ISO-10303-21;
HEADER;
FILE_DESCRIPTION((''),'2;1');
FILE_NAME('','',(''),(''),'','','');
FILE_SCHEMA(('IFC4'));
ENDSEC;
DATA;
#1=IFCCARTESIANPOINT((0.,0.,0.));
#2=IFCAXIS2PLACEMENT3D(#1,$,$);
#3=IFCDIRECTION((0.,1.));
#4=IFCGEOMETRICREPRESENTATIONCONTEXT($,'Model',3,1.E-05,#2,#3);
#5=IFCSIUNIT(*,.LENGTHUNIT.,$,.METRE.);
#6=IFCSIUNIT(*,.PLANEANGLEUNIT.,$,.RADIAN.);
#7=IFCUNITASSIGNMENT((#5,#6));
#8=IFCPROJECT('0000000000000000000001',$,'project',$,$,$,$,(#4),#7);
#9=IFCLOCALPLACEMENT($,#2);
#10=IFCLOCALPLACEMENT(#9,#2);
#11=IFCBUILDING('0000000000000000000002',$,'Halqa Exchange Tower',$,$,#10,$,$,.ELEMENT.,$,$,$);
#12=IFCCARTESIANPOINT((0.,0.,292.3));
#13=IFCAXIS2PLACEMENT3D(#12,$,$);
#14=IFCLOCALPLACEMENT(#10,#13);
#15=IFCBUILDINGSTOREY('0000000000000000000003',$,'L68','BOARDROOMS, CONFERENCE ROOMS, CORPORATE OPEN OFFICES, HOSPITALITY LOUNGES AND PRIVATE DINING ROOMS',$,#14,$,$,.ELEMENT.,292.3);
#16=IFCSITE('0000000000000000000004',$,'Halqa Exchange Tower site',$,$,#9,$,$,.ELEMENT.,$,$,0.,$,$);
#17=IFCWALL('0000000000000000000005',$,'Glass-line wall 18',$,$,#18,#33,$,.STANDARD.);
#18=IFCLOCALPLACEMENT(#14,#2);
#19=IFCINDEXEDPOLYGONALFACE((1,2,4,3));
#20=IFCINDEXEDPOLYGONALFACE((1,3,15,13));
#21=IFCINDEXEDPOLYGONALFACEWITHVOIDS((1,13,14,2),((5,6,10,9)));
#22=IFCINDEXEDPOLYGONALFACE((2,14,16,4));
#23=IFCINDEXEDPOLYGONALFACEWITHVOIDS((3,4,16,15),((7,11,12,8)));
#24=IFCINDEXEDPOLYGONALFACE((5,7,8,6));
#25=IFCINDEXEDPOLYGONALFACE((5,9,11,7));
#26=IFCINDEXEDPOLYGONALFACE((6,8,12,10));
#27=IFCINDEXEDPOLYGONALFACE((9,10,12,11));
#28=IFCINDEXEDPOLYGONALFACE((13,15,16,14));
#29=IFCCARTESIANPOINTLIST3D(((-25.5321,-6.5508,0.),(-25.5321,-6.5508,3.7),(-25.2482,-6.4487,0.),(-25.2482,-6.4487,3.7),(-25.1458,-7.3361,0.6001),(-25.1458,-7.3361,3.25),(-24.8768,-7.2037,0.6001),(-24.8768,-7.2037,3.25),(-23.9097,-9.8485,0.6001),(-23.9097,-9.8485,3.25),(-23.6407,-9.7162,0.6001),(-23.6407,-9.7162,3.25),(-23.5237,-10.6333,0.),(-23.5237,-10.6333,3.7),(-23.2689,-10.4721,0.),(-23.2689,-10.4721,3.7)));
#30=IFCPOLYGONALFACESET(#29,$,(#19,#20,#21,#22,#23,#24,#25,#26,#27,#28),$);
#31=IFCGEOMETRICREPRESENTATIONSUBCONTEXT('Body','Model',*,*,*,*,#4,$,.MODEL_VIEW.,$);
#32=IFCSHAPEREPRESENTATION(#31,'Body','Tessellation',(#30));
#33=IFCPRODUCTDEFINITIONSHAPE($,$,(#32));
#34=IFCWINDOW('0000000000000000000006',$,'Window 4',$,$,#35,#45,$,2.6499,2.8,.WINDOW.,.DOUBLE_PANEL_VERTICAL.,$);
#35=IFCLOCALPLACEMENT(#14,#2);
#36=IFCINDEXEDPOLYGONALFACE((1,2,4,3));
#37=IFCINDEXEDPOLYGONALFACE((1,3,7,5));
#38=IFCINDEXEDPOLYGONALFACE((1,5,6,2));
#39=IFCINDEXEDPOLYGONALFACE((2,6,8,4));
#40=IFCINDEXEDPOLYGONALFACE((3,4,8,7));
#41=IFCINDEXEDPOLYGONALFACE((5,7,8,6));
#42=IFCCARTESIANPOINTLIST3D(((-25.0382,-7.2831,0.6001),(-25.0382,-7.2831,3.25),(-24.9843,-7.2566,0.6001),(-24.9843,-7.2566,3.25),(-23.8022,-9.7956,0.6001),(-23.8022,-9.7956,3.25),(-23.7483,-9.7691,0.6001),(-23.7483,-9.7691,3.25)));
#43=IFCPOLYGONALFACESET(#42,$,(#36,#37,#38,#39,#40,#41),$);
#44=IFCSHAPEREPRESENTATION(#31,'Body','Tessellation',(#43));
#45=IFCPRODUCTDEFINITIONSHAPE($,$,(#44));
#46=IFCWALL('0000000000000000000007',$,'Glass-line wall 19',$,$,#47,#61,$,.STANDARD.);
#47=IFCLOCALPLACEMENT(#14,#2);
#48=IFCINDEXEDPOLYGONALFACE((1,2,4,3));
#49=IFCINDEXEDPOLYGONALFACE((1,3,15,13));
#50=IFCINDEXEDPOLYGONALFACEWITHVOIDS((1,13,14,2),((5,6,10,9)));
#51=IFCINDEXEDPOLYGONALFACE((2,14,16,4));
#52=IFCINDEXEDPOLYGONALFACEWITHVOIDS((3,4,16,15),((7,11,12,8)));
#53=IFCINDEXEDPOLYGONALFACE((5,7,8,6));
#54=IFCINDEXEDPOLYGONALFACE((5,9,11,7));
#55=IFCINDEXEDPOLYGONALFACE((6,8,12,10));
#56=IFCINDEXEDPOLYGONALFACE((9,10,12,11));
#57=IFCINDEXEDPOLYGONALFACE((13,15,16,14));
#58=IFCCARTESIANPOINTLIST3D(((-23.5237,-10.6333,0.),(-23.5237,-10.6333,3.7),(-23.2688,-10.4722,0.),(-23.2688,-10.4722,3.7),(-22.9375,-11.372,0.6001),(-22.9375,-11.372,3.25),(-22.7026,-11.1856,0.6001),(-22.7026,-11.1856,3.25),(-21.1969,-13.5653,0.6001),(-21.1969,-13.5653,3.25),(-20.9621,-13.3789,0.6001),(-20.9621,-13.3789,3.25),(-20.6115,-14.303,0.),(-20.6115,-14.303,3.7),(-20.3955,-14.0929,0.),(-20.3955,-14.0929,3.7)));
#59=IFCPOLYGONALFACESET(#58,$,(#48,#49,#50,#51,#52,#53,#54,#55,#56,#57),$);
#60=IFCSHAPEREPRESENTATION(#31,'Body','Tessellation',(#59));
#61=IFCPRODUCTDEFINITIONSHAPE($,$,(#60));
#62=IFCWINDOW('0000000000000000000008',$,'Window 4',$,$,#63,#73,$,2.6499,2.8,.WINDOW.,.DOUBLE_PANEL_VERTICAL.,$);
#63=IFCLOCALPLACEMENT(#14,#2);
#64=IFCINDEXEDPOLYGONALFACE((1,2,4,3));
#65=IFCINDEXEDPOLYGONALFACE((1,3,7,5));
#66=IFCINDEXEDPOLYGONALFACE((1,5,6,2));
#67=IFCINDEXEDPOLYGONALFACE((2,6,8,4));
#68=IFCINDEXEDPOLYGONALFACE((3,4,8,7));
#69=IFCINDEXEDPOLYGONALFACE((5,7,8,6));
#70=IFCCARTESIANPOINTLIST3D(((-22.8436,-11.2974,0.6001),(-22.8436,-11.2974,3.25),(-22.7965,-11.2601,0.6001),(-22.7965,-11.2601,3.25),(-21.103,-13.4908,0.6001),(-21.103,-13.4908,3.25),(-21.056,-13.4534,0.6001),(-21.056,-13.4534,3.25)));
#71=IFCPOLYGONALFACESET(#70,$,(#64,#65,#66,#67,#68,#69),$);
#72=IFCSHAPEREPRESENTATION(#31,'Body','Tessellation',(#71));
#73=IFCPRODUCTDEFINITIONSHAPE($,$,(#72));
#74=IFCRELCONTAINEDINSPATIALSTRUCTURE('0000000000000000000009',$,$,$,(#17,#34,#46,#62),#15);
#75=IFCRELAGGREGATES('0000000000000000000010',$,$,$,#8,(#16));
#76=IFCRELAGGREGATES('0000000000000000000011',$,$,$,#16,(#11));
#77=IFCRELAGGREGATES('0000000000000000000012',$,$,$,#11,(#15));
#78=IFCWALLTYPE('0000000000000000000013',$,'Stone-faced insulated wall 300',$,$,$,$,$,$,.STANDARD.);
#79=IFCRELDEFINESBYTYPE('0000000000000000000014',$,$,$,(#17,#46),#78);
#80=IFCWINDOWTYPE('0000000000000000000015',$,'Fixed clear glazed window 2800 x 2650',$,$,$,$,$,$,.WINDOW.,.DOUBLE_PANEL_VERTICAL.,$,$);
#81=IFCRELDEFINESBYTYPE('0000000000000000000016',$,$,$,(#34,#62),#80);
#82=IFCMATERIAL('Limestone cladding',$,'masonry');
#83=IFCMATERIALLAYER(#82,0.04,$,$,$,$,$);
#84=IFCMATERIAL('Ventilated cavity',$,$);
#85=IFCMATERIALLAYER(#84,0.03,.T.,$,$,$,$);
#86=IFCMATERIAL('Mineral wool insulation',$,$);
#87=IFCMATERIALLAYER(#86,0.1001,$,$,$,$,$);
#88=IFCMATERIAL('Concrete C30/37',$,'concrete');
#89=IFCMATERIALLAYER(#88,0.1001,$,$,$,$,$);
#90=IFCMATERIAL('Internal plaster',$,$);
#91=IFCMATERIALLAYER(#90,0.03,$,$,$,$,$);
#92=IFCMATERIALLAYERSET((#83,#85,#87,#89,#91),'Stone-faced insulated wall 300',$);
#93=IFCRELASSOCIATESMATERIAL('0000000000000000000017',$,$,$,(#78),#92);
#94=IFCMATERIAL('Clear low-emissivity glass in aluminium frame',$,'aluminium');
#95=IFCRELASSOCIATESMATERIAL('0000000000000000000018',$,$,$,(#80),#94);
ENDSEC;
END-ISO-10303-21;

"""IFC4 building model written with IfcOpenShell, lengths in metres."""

from ifc_helpers import new_model, si_unit, direction, frame, frame_2d, origin, place, context, subcontext, project, spatial, polyline, rectangle, outline, extrude, material, layer, layer_set, type_object, element, fill, save


model = new_model("IFC4")

# Units and contexts
model_context = context("Model", 3, precision=1e-05, world=origin(), true_north=direction((0.0, 1.0)))
body_context = subcontext(model_context, "Body", "Model", "MODEL_VIEW")
ifc_project = project(units=[si_unit("LENGTHUNIT", "METRE"), si_unit("PLANEANGLEUNIT", "RADIAN")], contexts=[model_context])

# Site, building, storey
site_placement = place(None, origin())
site = spatial("IfcSite", under=ifc_project, at=site_placement, Name="Halqa Exchange Tower site", CompositionType="ELEMENT", RefElevation=0.0)
building_placement = place(site_placement, origin())
building = spatial("IfcBuilding", under=site, at=building_placement, Name="Halqa Exchange Tower", CompositionType="ELEMENT")
storey_placement = place(building_placement, frame((0.0, 0.0, 292.3)))
storey = spatial("IfcBuildingStorey", under=building, at=storey_placement, Name="L68", Description="BOARDROOMS, CONFERENCE ROOMS, CORPORATE OPEN OFFICES, HOSPITALITY LOUNGES AND PRIVATE DINING ROOMS", CompositionType="ELEMENT", Elevation=292.3)

# Walls, openings, windows
ifc_material_1 = material(Name="Limestone cladding", Category="masonry")
ifc_layer_1 = layer(ifc_material_1, 0.04)
ifc_material_2 = material(Name="Ventilated cavity")
ifc_layer_2 = layer(ifc_material_2, 0.03, ventilated=True)
ifc_material_3 = material(Name="Mineral wool insulation")
ifc_layer_3 = layer(ifc_material_3, 0.1001)
ifc_material_4 = material(Name="Concrete C30/37", Category="concrete")
ifc_layer_4 = layer(ifc_material_4, 0.1001)
ifc_material_5 = material(Name="Internal plaster")
ifc_layer_5 = layer(ifc_material_5, 0.03)
ifc_layer_set_1 = layer_set([ifc_layer_1, ifc_layer_2, ifc_layer_3, ifc_layer_4, ifc_layer_5], Name="Stone-faced insulated wall 300")
wall_type_1 = type_object("IfcWallType", Name="Stone-faced insulated wall 300", PredefinedType="STANDARD", material=ifc_layer_set_1)
ifc_material_6 = material(Name="Clear low-emissivity glass in aluminium frame", Category="aluminium")
window_type = type_object("IfcWindowType", Name="Fixed clear glazed window 2800 x 2650", PartitioningType="DOUBLE_PANEL_VERTICAL", PredefinedType="WINDOW", material=ifc_material_6)
wall_1_placement = place(storey_placement, frame((-25.3901, -6.4998, 0.0), z_axis=(0.0, 0.0, 1.0), x_axis=(0.441432, -0.897295, 0.0)))
wall_1 = element("IfcWall", 1, at=wall_1_placement, inside=storey, type_object=wall_type_1, Name="Glass-line wall 18", PredefinedType="STANDARD", context=body_context, shape_type="SweptSolid", body=[
    extrude(outline(polyline([(-0.0168, -0.1499), (4.533, -0.1499), (4.5007, 0.1499), (0.0168, 0.1499), (-0.0168, -0.1499)])), origin(), (0.0, 0.0, 1.0), 3.7),
])
opening_1_placement = place(wall_1_placement, frame((0.8584, 0.0, 0.6001)))
opening_1 = element("IfcOpeningElement", 2, at=opening_1_placement, cuts=wall_1, PredefinedType="OPENING", context=body_context, shape_type="SweptSolid", body=[
    extrude(rectangle(XDim=2.8, YDim=2.6499, at=frame_2d((1.3999, 1.325))), frame((0.0, 0.1621, 0.0), z_axis=(0.0, -1.0, 0.0), x_axis=(1.0, 0.0, 0.0)), (0.0, 0.0, 1.0), 0.324),
])
window_1_placement = place(opening_1_placement, origin())
window_1 = element("IfcWindow", 3, at=window_1_placement, inside=storey, type_object=window_type, Name="Window 4", OverallHeight=2.6499, OverallWidth=2.8, PartitioningType="DOUBLE_PANEL_VERTICAL", PredefinedType="WINDOW", context=body_context, shape_type="SweptSolid", body=[
    extrude(rectangle(XDim=2.8, YDim=2.6499, at=frame_2d((1.3999, 1.325))), frame((0.0, 0.03, 0.0), z_axis=(0.0, -1.0, 0.0), x_axis=(1.0, 0.0, 0.0)), (0.0, 0.0, 1.0), 0.0601),
])
fill(opening_1, window_1)
wall_2_placement = place(storey_placement, frame((-23.3962, -10.5527, 0.0), z_axis=(0.0, 0.0, 1.0), x_axis=(0.621626, -0.783314, 0.0)))
wall_2 = element("IfcWall", 4, at=wall_2_placement, inside=storey, type_object=wall_type_1, Name="Glass-line wall 19", PredefinedType="STANDARD", context=body_context, shape_type="SweptSolid", body=[
    extrude(outline(polyline([(-0.0161, -0.1499), (4.6687, -0.1499), (4.6384, 0.1499), (0.0161, 0.1499), (-0.0161, -0.1499)])), origin(), (0.0, 0.0, 1.0), 3.7),
])
opening_2_placement = place(wall_2_placement, frame((0.927, 0.0, 0.6001)))
opening_2 = element("IfcOpeningElement", 5, at=opening_2_placement, cuts=wall_2, PredefinedType="OPENING", context=body_context, shape_type="SweptSolid", body=[
    extrude(rectangle(XDim=2.8, YDim=2.6499, at=frame_2d((1.3999, 1.325))), frame((0.0, 0.1621, 0.0), z_axis=(0.0, -1.0, 0.0), x_axis=(1.0, 0.0, 0.0)), (0.0, 0.0, 1.0), 0.324),
])
window_2_placement = place(opening_2_placement, origin())
window_2 = element("IfcWindow", 6, at=window_2_placement, inside=storey, type_object=window_type, Name="Window 4", OverallHeight=2.6499, OverallWidth=2.8, PartitioningType="DOUBLE_PANEL_VERTICAL", PredefinedType="WINDOW", context=body_context, shape_type="SweptSolid", body=[
    extrude(rectangle(XDim=2.8, YDim=2.6499, at=frame_2d((1.3999, 1.325))), frame((0.0, 0.03, 0.0), z_axis=(0.0, -1.0, 0.0), x_axis=(1.0, 0.0, 0.0)), (0.0, 0.0, 1.0), 0.0601),
])
fill(opening_2, window_2)

save(model, "model.ifc")
